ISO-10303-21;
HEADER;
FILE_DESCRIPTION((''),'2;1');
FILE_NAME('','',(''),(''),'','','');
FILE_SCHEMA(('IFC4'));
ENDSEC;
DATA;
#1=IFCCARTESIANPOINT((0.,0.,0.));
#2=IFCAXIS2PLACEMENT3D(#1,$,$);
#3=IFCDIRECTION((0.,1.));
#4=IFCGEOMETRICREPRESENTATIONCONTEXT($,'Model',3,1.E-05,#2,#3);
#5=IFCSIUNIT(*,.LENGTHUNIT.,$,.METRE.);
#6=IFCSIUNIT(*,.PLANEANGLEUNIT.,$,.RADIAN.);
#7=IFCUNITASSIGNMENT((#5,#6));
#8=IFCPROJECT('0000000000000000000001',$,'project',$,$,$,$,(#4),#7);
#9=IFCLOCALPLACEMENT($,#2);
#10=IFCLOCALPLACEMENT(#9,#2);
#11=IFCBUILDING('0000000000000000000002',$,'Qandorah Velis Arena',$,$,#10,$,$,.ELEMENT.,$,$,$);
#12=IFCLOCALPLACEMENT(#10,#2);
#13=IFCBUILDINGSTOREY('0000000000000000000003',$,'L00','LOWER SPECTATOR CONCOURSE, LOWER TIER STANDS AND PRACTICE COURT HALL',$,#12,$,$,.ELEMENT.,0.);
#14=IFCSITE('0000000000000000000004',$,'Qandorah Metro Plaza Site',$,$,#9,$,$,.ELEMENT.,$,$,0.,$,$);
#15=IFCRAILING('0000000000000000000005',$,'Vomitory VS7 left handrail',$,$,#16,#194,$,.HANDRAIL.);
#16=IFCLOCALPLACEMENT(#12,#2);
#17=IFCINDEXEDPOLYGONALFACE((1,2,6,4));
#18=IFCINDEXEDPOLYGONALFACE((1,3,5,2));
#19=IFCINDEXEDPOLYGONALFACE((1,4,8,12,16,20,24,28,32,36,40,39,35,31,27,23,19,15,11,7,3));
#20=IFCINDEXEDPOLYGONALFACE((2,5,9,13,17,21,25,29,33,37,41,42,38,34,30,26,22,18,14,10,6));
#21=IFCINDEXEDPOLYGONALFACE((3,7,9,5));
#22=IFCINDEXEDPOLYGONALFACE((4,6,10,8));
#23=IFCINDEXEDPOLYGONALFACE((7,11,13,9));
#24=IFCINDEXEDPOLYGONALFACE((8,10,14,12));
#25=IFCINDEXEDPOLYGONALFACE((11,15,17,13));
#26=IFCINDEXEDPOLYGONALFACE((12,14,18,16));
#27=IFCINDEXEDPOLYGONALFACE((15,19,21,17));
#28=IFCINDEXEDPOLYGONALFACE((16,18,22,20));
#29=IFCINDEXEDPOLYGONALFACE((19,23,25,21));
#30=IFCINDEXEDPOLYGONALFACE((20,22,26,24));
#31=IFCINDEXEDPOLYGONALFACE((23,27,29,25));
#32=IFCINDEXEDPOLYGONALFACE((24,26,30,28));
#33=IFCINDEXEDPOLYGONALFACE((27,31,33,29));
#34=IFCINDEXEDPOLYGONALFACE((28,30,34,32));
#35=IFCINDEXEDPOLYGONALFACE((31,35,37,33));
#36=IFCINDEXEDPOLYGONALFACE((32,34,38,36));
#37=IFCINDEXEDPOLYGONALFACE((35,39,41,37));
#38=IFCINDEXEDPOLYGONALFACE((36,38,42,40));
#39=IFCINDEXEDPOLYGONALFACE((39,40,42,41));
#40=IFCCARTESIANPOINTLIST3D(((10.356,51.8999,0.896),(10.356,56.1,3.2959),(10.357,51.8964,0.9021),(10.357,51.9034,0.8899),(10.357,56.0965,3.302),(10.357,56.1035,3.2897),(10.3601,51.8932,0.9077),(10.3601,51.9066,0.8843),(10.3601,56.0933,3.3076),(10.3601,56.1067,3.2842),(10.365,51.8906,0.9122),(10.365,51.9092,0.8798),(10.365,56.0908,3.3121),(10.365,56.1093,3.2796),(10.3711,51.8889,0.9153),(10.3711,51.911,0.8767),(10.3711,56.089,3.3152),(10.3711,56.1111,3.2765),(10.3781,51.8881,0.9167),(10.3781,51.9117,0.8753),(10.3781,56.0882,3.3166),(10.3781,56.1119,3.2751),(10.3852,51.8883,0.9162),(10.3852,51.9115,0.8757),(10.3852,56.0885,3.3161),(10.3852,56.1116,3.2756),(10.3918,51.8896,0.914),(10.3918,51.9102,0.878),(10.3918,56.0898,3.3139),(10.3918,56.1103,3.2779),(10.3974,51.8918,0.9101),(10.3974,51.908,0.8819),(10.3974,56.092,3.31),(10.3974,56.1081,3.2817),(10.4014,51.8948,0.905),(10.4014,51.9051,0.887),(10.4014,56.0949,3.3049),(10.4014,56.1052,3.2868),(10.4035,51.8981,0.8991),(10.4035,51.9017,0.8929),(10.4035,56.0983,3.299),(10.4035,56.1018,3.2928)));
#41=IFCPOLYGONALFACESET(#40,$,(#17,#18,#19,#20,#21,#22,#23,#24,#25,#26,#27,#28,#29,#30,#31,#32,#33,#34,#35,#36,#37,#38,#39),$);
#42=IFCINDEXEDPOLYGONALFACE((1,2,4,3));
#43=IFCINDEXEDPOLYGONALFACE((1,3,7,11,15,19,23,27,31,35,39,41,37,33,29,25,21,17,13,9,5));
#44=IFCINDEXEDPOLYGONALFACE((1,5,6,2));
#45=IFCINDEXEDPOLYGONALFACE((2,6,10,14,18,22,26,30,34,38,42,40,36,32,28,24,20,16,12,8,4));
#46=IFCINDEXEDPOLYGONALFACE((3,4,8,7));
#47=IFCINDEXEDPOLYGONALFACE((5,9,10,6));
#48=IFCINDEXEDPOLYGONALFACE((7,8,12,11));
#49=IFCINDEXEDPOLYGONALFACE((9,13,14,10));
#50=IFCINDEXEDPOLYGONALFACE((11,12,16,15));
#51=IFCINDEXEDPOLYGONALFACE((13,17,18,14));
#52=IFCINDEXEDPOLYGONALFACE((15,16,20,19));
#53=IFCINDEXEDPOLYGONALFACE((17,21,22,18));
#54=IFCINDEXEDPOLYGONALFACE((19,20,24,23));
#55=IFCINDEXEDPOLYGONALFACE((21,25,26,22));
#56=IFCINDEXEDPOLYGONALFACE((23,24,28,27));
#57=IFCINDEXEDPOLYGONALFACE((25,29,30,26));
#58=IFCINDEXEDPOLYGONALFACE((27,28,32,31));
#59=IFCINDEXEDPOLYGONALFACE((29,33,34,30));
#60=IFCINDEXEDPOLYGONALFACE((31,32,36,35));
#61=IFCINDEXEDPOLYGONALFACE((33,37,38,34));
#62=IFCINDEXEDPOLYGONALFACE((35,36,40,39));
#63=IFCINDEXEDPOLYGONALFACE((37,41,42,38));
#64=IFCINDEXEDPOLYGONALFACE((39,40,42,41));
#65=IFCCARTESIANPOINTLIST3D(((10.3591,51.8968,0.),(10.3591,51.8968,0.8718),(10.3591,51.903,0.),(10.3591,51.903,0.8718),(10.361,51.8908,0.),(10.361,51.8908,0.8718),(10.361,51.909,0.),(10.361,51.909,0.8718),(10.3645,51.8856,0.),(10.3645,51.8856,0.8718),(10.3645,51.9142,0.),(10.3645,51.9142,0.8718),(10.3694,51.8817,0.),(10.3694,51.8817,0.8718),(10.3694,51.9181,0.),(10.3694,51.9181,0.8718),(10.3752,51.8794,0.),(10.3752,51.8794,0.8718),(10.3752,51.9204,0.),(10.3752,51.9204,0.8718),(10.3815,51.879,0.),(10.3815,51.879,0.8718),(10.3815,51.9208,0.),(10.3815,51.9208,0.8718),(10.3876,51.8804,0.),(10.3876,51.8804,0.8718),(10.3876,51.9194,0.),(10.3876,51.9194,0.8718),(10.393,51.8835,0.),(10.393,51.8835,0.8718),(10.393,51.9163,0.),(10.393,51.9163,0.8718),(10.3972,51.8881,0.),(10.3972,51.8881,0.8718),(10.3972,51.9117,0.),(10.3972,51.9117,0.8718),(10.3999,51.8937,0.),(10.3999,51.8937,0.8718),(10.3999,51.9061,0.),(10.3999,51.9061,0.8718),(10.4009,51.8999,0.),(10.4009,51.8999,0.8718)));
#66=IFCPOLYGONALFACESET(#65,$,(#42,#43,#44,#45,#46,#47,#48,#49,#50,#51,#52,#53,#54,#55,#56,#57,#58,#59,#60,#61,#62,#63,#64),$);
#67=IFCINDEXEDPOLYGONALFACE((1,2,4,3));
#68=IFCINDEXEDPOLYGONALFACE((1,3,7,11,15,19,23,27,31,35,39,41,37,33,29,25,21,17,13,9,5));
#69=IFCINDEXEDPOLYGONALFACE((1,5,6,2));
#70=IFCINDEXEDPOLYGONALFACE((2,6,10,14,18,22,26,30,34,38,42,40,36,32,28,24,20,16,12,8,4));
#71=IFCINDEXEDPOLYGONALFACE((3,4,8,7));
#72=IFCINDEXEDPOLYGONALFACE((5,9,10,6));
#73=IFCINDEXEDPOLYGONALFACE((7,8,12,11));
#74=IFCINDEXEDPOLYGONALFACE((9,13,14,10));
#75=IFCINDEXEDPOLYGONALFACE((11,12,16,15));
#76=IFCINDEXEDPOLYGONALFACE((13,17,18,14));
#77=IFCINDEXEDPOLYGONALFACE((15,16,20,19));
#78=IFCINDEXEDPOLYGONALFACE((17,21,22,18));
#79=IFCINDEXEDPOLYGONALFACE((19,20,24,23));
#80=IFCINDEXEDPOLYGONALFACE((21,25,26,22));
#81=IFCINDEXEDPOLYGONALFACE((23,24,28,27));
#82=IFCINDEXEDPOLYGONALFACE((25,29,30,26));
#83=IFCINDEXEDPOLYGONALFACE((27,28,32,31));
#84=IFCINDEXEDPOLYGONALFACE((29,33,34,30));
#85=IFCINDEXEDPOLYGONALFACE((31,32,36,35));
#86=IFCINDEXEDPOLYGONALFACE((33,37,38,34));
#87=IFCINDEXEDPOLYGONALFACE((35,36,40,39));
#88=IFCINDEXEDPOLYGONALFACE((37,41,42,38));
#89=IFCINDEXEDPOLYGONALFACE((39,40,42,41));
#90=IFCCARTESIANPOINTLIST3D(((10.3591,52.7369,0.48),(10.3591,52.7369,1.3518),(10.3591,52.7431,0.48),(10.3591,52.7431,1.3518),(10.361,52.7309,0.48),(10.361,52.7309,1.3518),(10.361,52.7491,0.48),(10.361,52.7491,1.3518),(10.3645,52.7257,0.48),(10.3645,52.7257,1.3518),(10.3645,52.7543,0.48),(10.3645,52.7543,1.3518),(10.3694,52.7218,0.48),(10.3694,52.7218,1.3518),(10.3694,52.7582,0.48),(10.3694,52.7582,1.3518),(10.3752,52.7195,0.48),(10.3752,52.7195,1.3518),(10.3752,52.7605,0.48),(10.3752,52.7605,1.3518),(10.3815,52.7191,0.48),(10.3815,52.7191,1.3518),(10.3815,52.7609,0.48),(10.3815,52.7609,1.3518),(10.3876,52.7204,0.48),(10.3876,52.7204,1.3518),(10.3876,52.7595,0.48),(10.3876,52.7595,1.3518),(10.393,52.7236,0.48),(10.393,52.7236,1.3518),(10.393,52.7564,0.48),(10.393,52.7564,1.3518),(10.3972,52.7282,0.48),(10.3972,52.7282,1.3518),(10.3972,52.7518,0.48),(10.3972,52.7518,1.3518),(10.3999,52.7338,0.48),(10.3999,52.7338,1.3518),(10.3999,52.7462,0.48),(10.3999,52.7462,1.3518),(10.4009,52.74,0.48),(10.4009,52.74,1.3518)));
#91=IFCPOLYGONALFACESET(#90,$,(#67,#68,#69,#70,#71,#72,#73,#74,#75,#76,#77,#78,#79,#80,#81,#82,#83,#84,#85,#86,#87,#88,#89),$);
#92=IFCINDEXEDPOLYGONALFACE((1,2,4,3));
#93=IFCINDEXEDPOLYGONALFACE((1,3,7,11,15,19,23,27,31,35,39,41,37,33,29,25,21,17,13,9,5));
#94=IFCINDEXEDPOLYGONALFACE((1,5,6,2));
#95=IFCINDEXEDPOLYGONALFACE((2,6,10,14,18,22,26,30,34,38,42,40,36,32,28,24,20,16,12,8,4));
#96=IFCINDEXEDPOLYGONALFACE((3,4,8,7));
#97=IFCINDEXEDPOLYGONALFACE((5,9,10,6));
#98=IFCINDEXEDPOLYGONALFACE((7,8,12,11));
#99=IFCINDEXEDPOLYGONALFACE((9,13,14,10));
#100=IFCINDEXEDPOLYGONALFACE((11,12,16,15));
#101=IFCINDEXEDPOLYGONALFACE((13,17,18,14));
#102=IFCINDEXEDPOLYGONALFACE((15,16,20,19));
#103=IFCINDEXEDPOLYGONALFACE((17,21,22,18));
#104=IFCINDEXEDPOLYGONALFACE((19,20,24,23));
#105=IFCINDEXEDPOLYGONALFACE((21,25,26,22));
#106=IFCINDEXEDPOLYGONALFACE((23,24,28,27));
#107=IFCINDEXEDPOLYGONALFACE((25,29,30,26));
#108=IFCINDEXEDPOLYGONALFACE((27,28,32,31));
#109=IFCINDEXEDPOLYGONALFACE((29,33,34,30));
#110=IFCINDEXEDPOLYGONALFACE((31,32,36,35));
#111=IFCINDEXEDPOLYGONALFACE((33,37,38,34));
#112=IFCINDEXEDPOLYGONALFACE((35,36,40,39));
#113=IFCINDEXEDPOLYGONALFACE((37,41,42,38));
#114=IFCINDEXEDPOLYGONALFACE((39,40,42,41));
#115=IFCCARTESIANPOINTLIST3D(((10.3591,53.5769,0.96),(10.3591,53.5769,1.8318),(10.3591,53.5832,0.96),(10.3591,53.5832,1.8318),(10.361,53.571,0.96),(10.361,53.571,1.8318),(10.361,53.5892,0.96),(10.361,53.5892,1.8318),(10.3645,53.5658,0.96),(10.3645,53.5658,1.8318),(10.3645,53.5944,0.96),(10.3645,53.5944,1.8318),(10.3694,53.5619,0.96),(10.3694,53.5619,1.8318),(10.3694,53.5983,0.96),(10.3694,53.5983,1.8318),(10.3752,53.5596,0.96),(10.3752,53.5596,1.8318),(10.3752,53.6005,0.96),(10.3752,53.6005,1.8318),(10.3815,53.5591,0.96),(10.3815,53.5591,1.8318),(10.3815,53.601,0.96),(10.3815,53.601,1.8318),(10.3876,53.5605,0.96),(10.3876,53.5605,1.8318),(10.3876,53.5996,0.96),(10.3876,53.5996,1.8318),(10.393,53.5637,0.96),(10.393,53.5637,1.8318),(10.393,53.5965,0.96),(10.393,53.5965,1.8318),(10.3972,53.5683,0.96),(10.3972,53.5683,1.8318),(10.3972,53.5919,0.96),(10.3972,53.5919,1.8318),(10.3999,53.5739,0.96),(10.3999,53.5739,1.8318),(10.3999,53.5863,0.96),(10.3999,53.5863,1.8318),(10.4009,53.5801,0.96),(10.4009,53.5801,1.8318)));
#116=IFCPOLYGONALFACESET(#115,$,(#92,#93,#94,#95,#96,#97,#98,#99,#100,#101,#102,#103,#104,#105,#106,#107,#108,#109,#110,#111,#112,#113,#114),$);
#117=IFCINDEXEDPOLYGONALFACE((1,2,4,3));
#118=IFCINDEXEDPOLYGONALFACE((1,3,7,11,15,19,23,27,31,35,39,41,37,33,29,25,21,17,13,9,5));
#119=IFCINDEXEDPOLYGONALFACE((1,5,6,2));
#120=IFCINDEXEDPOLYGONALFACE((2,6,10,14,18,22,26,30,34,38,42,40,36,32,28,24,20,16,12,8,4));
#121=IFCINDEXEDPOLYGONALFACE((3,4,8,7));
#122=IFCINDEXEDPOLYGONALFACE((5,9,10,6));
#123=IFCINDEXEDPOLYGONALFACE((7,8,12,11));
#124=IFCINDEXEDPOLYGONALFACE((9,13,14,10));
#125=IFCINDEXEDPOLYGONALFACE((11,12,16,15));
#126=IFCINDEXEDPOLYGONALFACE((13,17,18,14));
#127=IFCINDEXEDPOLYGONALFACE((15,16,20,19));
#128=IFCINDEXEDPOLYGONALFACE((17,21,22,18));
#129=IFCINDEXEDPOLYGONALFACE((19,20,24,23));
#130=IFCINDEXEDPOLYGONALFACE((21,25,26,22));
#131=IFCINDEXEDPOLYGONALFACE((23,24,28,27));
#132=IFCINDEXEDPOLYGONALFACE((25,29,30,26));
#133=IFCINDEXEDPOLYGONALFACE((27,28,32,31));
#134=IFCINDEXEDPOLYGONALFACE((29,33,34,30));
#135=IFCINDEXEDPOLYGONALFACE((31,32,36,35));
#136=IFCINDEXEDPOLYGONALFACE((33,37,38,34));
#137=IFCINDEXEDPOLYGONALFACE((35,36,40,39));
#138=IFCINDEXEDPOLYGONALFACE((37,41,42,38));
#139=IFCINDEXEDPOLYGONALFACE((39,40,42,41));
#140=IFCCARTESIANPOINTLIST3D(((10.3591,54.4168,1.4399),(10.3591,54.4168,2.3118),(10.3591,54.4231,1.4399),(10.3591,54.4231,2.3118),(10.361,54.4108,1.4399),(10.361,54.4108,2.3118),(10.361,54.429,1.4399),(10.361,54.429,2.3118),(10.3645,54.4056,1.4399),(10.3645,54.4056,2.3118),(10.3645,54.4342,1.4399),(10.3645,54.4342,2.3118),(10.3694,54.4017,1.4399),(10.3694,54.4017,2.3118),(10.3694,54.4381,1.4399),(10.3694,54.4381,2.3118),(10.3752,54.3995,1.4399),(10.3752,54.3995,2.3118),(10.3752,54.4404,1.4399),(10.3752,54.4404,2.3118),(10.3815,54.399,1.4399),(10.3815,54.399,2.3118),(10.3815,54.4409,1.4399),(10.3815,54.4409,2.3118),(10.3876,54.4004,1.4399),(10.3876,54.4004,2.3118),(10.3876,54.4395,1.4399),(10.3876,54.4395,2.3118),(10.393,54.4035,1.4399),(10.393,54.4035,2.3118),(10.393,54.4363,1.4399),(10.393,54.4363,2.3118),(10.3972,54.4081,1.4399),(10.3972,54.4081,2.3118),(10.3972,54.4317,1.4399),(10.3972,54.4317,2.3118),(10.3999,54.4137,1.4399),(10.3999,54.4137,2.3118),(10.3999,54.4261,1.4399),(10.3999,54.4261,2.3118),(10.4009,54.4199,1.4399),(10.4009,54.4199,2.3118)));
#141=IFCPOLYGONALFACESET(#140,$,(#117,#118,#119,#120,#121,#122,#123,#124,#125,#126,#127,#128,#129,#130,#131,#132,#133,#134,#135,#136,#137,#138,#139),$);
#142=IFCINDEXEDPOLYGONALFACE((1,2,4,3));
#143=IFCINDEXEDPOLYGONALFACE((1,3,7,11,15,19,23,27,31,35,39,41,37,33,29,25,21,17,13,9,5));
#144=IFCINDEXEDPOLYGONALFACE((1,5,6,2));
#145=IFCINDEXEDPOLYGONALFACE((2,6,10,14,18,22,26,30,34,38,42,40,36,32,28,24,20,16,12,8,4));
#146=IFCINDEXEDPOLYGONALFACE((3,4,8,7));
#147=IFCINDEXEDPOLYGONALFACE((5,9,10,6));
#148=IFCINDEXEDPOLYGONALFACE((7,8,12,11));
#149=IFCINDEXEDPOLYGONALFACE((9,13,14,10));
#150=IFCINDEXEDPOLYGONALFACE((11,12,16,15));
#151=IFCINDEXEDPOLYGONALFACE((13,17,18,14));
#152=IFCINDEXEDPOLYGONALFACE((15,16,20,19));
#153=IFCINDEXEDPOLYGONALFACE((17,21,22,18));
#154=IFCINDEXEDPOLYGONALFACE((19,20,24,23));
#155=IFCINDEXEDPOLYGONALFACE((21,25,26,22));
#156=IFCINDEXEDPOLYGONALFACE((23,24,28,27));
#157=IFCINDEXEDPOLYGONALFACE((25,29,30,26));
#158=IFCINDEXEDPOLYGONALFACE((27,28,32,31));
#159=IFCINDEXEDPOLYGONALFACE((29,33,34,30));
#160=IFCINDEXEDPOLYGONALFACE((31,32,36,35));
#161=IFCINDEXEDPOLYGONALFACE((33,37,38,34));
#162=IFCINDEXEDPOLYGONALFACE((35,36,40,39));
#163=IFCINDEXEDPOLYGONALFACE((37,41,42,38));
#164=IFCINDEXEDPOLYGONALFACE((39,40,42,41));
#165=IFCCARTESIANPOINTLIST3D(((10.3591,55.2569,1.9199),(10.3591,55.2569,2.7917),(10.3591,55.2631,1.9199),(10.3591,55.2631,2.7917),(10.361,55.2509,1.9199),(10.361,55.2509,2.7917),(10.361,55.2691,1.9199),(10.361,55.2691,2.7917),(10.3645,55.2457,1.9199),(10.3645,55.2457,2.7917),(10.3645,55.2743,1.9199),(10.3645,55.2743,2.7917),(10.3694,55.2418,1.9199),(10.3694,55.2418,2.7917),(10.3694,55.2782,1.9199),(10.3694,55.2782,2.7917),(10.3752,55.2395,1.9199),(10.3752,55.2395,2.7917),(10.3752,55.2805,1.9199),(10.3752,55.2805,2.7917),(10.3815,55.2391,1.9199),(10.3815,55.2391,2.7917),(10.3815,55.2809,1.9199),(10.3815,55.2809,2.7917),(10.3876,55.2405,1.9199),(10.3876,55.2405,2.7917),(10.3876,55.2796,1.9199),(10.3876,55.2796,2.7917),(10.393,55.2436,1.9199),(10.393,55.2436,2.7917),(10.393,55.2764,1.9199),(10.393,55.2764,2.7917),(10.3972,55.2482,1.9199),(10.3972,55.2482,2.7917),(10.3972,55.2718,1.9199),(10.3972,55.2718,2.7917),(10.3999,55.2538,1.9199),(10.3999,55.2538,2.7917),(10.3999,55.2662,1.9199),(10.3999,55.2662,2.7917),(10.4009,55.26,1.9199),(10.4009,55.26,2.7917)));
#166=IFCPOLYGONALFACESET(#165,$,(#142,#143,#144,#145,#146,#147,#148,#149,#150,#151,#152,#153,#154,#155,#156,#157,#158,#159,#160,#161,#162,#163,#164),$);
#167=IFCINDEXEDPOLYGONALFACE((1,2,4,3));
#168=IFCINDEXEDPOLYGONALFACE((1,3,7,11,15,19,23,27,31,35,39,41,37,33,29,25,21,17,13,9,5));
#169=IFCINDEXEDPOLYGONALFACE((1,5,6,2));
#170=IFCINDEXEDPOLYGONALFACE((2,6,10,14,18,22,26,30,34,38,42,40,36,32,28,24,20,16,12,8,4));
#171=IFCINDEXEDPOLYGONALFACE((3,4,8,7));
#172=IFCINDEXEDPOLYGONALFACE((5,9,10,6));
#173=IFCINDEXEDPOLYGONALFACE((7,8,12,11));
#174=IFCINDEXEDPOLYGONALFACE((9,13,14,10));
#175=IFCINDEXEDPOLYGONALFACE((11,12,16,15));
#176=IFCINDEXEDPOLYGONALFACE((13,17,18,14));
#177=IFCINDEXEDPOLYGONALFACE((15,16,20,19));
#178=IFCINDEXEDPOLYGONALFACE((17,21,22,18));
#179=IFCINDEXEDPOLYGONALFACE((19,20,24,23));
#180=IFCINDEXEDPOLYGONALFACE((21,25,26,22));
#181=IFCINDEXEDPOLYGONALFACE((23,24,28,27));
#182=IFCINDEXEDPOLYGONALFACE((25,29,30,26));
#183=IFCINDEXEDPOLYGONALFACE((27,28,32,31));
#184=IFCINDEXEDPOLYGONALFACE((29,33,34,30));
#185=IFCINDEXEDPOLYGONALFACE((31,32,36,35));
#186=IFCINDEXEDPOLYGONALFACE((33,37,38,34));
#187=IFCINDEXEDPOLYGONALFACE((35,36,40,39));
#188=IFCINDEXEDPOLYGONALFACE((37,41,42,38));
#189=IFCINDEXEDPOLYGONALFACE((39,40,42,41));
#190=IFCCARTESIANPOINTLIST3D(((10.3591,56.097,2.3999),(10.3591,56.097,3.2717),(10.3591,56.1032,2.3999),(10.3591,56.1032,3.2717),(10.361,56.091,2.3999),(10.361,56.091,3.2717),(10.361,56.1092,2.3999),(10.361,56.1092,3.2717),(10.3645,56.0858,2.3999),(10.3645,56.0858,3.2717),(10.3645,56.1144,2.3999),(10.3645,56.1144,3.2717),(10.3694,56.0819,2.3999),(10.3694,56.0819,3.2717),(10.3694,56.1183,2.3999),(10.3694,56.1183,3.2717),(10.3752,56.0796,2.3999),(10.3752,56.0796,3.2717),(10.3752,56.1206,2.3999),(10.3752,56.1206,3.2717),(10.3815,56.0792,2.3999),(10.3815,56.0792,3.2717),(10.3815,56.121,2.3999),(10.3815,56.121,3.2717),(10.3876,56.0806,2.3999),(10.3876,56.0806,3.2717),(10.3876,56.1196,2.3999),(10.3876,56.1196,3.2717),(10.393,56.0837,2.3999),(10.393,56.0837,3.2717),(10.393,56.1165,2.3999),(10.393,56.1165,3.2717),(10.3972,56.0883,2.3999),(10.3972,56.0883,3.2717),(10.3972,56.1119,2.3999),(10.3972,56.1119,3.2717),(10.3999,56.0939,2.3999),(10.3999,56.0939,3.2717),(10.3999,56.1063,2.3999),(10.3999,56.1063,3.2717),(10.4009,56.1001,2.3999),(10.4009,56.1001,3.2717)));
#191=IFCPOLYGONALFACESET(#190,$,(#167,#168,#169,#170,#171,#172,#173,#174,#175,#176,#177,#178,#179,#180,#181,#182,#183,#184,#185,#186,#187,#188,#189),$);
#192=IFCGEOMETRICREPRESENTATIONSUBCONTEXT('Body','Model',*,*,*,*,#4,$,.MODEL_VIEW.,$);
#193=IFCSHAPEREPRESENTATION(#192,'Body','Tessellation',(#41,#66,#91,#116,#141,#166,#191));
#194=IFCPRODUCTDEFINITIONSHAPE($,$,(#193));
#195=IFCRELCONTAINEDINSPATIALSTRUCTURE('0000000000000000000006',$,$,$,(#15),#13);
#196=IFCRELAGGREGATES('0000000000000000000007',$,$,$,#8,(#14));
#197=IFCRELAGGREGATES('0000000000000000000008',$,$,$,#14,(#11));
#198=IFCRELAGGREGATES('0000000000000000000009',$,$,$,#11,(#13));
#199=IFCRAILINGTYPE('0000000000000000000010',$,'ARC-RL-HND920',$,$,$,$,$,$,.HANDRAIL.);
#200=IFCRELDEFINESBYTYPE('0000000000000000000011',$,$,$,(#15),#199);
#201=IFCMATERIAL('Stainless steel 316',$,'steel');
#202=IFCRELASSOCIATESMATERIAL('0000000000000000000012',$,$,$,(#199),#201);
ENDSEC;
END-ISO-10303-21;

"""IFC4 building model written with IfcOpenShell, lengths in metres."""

from ifc_helpers import new_model, si_unit, direction, frame, origin, origin_2d, place, context, subcontext, project, spatial, circle, extrude, material, type_object, element, save


model = new_model("IFC4")

# Units and contexts
model_context = context("Model", 3, precision=1e-05, world=origin(), true_north=direction((0.0, 1.0)))
body_context = subcontext(model_context, "Body", "Model", "MODEL_VIEW")
ifc_project = project(units=[si_unit("LENGTHUNIT", "METRE"), si_unit("PLANEANGLEUNIT", "RADIAN")], contexts=[model_context])

# Site, building, storey
site_placement = place(None, origin())
site = spatial("IfcSite", under=ifc_project, at=site_placement, Name="Qandorah Metro Plaza Site", CompositionType="ELEMENT", RefElevation=0.0)
building_placement = place(site_placement, origin())
building = spatial("IfcBuilding", under=site, at=building_placement, Name="Qandorah Velis Arena", CompositionType="ELEMENT")
storey_placement = place(building_placement, origin())
storey = spatial("IfcBuildingStorey", under=building, at=storey_placement, Name="L00", Description="LOWER SPECTATOR CONCOURSE, LOWER TIER STANDS AND PRACTICE COURT HALL", CompositionType="ELEMENT", Elevation=0.0)

# Railing
ifc_material_1 = material(Name="Stainless steel 316", Category="steel")
railing_type_1 = type_object("IfcRailingType", Name="ARC-RL-HND920", PredefinedType="HANDRAIL", material=ifc_material_1)
for number, where, name in (
    (1, (10.3799, 51.8999, 0.0), "Vomitory VS7 left handrail"),
):
    element("IfcRailing", number, at=place(storey_placement, frame(where)), inside=storey, type_object=railing_type_1, Name=name, PredefinedType="HANDRAIL", context=body_context, shape_type="SweptSolid", body=[
        extrude(circle(Radius=0.0239, at=origin_2d()), frame((0.0, 0.0, 0.896), z_axis=(0.0, 0.868262, 0.496106), x_axis=(-1.0, 0.0, 0.0)), (0.0, 0.0, 1.0), 4.8374),
        extrude(circle(Radius=0.021, at=origin_2d()), origin(), (0.0, 0.0, 1.0), 0.8718),
        extrude(circle(Radius=0.021, at=origin_2d()), frame((0.0, 0.8401, 0.48)), (0.0, 0.0, 1.0), 0.8718),
        extrude(circle(Radius=0.021, at=origin_2d()), frame((0.0, 1.6802, 0.96)), (0.0, 0.0, 1.0), 0.8718),
        extrude(circle(Radius=0.021, at=origin_2d()), frame((0.0, 2.52, 1.4399)), (0.0, 0.0, 1.0), 0.8718),
        extrude(circle(Radius=0.021, at=origin_2d()), frame((0.0, 3.3601, 1.9199)), (0.0, 0.0, 1.0), 0.8718),
        extrude(circle(Radius=0.021, at=origin_2d()), frame((0.0, 4.2002, 2.3999)), (0.0, 0.0, 1.0), 0.8718),
    ])

save(model, "model.ifc")
